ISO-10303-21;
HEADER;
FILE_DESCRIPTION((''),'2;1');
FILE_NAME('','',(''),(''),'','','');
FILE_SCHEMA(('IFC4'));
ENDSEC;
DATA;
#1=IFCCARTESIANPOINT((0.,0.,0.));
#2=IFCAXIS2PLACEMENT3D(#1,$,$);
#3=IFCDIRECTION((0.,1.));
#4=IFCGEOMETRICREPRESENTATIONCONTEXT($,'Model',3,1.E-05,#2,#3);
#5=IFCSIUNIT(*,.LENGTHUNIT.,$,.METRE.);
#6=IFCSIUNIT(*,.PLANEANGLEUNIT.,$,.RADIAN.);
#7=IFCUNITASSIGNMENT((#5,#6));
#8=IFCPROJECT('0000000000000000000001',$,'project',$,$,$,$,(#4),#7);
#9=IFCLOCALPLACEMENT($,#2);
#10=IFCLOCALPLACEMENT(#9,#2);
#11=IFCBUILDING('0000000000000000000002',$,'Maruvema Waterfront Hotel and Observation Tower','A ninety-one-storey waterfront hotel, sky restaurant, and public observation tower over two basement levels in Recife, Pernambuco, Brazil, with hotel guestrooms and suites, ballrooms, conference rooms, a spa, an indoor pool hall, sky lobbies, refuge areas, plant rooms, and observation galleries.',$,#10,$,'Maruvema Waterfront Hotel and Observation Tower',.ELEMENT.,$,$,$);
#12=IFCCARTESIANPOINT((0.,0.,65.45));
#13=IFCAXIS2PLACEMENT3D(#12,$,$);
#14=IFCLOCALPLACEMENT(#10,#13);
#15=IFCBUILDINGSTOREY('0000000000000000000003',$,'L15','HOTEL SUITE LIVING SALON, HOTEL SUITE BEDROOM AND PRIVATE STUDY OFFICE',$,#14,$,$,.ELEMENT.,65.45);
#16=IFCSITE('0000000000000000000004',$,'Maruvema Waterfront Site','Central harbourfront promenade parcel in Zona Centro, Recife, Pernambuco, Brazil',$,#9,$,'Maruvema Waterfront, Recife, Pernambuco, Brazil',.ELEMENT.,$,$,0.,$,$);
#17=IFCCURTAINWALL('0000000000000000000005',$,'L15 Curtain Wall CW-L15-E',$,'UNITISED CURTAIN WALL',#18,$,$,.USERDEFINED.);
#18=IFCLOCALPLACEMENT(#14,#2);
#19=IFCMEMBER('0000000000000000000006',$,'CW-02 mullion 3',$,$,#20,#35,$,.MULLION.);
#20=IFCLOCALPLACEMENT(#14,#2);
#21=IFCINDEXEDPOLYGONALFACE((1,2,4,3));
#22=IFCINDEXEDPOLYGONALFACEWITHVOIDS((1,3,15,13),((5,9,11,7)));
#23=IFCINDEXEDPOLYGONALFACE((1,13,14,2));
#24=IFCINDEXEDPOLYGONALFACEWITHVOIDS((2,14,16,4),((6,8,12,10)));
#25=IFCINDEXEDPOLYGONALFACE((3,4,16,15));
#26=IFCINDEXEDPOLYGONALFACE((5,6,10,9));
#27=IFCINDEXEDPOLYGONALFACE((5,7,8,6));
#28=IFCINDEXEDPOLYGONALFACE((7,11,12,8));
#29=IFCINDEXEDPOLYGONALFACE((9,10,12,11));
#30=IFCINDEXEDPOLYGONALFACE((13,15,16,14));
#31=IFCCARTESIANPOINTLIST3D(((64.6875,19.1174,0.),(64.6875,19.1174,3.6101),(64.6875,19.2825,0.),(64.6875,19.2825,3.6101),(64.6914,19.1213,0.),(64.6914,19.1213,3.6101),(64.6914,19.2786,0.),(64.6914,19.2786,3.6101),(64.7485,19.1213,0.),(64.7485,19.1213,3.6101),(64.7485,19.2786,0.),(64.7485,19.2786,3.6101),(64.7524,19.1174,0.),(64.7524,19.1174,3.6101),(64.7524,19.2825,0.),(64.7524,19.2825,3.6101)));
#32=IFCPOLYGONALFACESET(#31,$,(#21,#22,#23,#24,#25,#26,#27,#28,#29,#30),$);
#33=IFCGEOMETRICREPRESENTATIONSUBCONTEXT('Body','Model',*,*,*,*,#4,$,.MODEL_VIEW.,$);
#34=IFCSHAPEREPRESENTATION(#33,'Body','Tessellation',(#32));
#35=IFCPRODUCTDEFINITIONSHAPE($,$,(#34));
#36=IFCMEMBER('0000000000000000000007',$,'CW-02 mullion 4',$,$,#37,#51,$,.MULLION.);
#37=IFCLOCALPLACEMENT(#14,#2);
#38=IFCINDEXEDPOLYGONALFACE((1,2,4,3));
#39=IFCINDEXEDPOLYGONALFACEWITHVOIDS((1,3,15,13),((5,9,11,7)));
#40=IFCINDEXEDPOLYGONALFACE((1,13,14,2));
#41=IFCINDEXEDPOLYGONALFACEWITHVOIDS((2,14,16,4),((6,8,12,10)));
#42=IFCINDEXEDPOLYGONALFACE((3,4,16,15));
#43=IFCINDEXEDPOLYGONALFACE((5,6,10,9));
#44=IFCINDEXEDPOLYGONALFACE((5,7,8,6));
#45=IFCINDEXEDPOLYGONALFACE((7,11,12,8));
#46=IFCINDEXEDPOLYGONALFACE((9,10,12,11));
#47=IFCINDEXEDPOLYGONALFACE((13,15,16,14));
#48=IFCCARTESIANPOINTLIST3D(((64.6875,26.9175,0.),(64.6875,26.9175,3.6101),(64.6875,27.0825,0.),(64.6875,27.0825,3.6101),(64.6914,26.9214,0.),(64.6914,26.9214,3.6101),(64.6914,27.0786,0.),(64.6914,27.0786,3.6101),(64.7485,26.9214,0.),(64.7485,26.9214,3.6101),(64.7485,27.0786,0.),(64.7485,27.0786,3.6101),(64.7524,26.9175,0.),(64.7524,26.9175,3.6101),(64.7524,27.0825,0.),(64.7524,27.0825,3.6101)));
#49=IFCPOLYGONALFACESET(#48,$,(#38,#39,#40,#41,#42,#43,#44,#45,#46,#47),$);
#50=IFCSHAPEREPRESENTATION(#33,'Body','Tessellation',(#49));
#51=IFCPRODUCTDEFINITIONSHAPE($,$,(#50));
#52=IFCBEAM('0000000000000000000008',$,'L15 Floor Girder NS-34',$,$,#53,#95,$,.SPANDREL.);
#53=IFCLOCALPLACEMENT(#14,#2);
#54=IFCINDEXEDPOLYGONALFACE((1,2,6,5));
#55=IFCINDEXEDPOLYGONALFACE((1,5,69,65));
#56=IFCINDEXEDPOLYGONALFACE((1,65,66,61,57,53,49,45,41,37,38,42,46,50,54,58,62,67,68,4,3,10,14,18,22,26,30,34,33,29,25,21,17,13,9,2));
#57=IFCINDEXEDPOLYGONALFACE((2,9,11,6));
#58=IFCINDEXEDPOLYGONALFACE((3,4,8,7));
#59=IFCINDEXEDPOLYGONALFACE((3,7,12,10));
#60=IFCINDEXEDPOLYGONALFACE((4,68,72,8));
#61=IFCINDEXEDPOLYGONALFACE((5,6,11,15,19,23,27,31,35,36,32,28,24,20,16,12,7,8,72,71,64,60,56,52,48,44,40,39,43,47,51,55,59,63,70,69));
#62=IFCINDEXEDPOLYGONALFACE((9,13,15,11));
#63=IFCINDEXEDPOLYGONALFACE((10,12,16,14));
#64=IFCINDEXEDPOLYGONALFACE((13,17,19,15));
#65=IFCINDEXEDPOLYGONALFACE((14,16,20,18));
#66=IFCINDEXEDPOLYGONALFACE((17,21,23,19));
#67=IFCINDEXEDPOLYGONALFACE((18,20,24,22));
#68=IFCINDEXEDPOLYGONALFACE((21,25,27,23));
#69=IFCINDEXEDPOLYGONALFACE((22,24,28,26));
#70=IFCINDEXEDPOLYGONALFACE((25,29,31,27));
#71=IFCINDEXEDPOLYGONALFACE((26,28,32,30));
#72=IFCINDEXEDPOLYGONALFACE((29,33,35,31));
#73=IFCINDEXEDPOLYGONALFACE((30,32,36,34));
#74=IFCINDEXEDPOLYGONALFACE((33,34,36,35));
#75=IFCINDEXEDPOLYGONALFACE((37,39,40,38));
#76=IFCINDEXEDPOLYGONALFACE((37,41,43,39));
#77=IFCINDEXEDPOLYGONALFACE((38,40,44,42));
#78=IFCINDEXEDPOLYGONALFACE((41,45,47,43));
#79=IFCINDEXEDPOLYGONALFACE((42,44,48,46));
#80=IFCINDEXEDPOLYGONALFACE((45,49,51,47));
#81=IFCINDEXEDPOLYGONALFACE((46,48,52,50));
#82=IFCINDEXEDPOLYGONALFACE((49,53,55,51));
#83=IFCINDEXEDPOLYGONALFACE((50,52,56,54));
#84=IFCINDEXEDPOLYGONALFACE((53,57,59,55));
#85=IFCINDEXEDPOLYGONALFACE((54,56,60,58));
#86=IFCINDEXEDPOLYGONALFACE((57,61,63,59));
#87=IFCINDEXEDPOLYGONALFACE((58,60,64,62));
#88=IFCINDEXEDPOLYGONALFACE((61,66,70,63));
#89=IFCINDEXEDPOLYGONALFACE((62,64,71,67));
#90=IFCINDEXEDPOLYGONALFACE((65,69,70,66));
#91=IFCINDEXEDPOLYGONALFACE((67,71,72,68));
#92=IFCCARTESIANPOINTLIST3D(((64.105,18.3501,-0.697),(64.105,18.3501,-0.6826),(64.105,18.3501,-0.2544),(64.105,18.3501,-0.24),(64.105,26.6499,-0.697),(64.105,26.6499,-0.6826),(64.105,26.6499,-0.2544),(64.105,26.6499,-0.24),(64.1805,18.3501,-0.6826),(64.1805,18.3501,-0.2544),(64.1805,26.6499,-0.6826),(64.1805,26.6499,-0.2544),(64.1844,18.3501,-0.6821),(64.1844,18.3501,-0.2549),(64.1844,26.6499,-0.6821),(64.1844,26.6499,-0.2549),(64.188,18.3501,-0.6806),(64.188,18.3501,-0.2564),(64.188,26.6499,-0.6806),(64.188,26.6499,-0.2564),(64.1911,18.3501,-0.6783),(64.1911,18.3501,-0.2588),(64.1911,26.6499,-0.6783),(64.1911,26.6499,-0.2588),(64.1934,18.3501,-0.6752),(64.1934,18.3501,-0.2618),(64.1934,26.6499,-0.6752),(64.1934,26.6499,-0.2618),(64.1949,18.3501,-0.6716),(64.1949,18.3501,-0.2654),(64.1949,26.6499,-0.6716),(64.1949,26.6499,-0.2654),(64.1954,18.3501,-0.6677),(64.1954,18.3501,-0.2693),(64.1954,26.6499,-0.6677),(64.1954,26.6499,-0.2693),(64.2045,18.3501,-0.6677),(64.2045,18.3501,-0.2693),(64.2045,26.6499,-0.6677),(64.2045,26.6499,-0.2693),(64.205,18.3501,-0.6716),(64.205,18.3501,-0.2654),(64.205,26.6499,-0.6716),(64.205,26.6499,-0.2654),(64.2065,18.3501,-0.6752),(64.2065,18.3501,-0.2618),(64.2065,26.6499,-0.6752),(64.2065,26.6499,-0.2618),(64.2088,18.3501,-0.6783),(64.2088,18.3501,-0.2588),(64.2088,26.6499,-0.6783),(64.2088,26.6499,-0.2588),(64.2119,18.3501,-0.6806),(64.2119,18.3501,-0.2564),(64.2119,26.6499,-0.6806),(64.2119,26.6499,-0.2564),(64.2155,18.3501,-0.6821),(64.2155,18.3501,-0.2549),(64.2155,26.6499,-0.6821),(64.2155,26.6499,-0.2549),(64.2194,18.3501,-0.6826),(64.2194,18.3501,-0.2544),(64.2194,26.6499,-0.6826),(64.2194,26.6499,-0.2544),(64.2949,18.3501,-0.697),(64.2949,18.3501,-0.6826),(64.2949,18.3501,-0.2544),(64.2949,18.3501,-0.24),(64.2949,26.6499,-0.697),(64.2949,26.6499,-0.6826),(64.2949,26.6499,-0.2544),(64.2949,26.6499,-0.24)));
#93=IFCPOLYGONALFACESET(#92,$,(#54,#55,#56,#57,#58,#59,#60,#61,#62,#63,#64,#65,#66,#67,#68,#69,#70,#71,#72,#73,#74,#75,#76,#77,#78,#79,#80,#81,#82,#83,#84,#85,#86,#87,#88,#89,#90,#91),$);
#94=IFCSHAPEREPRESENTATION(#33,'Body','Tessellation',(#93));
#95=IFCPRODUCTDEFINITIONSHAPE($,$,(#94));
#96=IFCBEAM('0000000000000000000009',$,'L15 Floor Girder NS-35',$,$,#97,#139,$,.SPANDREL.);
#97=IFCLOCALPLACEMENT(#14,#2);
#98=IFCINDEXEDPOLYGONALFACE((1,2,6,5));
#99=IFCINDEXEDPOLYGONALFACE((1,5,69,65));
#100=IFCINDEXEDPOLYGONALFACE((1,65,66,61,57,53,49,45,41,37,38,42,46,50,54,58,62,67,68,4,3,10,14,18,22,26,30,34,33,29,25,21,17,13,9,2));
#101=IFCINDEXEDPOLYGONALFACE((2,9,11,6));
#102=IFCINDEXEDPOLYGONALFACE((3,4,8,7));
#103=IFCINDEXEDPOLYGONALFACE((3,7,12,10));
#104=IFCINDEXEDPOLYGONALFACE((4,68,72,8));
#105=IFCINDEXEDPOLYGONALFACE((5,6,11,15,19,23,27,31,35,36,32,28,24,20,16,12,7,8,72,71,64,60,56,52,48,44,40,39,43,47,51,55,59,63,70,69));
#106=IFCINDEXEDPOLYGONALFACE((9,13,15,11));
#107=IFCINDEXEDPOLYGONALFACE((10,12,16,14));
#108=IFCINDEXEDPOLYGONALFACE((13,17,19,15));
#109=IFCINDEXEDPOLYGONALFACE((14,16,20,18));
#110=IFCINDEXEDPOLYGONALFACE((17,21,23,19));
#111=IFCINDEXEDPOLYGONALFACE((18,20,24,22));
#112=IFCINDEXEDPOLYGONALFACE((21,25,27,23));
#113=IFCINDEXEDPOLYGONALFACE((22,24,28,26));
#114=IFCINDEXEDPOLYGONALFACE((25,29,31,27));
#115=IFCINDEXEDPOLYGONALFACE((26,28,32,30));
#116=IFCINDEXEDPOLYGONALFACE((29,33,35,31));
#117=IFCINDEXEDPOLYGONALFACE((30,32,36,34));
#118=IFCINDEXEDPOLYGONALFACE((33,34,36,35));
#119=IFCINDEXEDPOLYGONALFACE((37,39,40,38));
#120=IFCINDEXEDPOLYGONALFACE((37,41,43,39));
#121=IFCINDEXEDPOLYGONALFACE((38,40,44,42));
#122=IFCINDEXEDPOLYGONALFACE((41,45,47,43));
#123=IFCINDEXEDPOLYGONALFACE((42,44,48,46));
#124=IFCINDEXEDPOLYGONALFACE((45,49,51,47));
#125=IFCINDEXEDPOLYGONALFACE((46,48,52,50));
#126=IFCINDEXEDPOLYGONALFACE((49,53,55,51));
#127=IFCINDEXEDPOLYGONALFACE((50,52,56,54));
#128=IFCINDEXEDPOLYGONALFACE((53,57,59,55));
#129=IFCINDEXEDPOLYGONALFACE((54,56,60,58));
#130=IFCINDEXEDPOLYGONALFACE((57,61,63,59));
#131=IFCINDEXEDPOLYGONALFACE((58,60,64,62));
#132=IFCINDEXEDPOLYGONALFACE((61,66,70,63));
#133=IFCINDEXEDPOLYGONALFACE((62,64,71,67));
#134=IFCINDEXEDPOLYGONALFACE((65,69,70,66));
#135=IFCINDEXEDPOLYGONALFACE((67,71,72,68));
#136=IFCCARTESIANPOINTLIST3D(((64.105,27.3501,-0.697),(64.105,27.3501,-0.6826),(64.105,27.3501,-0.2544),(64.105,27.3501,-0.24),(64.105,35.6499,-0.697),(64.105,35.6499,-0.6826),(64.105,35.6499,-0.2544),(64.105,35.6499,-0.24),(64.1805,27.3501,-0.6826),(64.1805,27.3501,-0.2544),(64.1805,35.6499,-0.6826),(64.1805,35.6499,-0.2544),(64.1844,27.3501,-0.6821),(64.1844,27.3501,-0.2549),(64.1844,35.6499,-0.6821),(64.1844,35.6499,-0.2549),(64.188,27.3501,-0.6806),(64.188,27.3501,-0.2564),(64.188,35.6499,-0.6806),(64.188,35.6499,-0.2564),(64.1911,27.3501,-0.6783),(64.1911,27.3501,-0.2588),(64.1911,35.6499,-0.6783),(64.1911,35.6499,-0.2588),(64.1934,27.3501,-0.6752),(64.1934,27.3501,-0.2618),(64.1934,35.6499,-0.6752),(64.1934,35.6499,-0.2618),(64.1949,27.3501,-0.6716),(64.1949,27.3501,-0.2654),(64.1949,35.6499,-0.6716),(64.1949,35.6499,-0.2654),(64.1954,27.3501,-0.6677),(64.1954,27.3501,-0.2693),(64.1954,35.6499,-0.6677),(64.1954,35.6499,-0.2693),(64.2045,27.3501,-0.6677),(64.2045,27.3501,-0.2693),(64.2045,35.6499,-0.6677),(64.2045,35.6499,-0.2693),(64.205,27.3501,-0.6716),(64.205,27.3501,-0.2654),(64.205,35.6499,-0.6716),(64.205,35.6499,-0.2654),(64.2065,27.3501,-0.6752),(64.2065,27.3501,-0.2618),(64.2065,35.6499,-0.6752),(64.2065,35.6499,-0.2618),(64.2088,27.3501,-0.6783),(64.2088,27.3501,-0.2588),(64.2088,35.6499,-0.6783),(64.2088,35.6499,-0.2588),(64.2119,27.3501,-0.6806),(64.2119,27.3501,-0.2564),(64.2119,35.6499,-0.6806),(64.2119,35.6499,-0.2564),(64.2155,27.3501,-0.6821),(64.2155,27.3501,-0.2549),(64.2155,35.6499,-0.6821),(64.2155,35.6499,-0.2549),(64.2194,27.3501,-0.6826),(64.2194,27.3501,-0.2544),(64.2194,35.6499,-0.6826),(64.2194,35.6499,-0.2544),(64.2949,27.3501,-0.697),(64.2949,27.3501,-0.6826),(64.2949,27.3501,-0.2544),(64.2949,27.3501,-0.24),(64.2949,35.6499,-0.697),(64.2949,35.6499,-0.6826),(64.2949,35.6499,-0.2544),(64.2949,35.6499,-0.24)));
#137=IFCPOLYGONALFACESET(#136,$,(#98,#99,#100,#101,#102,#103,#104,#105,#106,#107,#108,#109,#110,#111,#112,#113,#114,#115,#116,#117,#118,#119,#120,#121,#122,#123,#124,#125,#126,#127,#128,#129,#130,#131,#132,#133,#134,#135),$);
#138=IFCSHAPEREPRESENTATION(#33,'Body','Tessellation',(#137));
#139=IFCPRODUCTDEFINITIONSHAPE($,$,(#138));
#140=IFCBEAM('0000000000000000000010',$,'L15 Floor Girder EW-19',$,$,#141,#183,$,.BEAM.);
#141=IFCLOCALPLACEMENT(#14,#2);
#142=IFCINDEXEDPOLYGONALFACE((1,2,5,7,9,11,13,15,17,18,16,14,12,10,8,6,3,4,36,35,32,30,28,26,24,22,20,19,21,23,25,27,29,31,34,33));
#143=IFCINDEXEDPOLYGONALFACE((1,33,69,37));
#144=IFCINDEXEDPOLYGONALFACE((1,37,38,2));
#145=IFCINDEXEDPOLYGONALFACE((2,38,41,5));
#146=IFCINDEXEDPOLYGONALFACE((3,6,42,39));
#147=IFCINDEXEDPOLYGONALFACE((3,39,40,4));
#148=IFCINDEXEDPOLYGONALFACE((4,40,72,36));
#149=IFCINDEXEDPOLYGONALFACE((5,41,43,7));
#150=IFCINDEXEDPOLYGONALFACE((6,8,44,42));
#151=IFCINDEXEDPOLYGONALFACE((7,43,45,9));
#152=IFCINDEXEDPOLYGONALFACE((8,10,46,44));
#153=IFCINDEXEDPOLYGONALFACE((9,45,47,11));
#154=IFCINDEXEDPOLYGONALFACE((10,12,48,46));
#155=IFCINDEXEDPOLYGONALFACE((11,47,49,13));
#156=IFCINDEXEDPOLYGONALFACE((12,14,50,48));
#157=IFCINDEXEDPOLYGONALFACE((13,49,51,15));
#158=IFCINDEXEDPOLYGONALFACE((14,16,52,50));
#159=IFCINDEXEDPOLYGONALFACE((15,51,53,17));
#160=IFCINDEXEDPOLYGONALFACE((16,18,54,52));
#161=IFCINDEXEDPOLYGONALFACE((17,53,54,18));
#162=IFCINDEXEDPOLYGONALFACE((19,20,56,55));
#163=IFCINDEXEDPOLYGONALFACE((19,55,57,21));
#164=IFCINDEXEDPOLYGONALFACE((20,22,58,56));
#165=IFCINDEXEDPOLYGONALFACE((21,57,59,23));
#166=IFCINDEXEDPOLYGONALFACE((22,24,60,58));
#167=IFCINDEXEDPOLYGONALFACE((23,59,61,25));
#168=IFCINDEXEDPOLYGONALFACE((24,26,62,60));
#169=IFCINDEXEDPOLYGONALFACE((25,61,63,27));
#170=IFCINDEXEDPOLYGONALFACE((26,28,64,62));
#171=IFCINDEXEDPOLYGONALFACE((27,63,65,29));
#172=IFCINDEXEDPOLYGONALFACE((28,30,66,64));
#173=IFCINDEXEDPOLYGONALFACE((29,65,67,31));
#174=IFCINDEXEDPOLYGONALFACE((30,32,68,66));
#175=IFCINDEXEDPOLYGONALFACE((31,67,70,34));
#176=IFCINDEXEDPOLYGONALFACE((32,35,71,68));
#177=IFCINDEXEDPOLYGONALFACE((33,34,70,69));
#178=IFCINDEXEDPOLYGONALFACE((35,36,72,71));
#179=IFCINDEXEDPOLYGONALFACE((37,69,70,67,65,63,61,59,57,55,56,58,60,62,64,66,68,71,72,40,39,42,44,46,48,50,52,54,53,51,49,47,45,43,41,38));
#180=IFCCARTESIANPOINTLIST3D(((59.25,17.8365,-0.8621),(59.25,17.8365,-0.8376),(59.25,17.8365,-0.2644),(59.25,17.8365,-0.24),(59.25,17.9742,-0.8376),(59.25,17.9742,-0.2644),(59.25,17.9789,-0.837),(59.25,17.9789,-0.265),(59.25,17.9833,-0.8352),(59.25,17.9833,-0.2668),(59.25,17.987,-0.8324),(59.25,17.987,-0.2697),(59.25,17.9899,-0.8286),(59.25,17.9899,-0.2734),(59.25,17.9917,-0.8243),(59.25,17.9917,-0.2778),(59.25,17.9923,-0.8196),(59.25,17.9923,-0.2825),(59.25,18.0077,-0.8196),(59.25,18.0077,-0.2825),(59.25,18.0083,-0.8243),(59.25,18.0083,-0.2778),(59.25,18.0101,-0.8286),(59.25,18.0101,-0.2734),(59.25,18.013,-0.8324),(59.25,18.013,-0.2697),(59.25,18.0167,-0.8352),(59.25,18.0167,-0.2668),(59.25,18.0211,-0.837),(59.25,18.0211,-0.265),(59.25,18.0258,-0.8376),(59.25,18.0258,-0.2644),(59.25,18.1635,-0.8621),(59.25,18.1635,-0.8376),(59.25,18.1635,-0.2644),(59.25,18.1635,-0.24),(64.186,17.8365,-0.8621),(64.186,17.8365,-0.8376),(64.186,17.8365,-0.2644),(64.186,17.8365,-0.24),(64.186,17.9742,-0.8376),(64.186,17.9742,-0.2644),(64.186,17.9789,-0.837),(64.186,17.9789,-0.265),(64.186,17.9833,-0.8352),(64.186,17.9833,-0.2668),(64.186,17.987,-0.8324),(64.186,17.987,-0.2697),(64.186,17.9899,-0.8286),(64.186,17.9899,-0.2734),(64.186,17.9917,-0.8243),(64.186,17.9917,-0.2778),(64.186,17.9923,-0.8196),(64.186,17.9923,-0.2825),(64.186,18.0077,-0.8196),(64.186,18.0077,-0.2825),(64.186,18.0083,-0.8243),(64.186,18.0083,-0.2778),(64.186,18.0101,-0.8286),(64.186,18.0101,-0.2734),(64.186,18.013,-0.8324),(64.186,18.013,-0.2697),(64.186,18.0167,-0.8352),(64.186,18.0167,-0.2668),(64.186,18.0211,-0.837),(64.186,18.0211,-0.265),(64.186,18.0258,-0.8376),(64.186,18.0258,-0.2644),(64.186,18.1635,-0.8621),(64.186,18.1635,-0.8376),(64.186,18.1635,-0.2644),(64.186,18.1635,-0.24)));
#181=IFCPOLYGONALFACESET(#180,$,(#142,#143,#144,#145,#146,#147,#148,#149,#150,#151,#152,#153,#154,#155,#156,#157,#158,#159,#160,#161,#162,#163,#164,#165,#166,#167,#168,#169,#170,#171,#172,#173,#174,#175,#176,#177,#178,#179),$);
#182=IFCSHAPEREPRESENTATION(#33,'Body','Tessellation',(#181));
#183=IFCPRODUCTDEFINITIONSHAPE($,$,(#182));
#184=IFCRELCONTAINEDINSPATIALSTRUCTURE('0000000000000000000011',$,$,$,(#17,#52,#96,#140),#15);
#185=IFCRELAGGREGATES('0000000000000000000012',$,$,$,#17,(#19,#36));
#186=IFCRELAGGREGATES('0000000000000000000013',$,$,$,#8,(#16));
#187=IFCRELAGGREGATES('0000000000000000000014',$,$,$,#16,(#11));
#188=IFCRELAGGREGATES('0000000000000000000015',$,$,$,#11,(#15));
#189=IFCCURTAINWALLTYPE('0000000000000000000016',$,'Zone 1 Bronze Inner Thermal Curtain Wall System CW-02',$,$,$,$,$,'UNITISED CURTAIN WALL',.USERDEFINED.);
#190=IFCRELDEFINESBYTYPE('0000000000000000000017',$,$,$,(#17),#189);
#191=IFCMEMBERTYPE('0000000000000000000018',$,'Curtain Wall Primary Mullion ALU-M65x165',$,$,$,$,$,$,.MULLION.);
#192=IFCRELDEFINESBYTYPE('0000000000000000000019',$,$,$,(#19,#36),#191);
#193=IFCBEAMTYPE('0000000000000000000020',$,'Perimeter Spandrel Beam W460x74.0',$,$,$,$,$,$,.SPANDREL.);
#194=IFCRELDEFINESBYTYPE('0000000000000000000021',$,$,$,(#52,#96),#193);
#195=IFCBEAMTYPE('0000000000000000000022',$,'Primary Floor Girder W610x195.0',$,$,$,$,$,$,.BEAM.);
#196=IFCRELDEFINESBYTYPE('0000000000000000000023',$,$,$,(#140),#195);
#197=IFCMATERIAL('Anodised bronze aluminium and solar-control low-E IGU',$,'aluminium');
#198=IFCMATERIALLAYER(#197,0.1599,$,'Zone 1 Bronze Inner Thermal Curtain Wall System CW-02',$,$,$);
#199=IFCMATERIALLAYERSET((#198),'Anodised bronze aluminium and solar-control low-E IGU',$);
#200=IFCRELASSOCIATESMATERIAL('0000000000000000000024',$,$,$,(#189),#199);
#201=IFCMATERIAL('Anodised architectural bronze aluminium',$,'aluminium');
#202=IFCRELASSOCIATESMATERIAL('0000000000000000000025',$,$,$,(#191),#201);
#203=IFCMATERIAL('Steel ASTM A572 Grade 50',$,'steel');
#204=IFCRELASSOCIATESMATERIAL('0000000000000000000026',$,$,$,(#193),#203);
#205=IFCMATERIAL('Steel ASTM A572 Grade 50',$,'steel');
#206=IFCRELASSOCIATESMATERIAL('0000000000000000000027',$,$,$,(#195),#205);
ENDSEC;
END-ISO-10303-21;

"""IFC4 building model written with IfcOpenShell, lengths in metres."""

from ifc_helpers import new_model, si_unit, direction, frame, origin, origin_2d, place, context, subcontext, project, spatial, hollow_rectangle, i_section, extrude, material, layer, layer_set, material_profile, profile_set, type_object, element, aggregate, save


model = new_model("IFC4")

# Units and contexts
model_context = context("Model", 3, precision=1e-05, world=origin(), true_north=direction((0.0, 1.0)))
body_context = subcontext(model_context, "Body", "Model", "MODEL_VIEW")
ifc_project = project(units=[si_unit("LENGTHUNIT", "METRE"), si_unit("PLANEANGLEUNIT", "RADIAN")], contexts=[model_context])

# Site, building, storey
site_placement = place(None, origin())
site = spatial("IfcSite", under=ifc_project, at=site_placement, Name="Maruvema Waterfront Site", Description="Central harbourfront promenade parcel in Zona Centro, Recife, Pernambuco, Brazil", LongName="Maruvema Waterfront, Recife, Pernambuco, Brazil", CompositionType="ELEMENT", RefElevation=0.0)
building_placement = place(site_placement, origin())
building = spatial("IfcBuilding", under=site, at=building_placement, Name="Maruvema Waterfront Hotel and Observation Tower", Description="A ninety-one-storey waterfront hotel, sky restaurant, and public observation tower over two basement levels in Recife, Pernambuco, Brazil, with hotel guestrooms and suites, ballrooms, conference rooms, a spa, an indoor pool hall, sky lobbies, refuge areas, plant rooms, and observation galleries.", LongName="Maruvema Waterfront Hotel and Observation Tower", CompositionType="ELEMENT")
storey_placement = place(building_placement, frame((0.0, 0.0, 65.45)))
storey = spatial("IfcBuildingStorey", under=building, at=storey_placement, Name="L15", Description="HOTEL SUITE LIVING SALON, HOTEL SUITE BEDROOM AND PRIVATE STUDY OFFICE", CompositionType="ELEMENT", Elevation=65.45)

# Curtain wall, members
ifc_material_1 = material(Name="Anodised bronze aluminium and solar-control low-E IGU", Category="aluminium")
ifc_layer_1 = layer(ifc_material_1, 0.1599, Name="Zone 1 Bronze Inner Thermal Curtain Wall System CW-02")
ifc_layer_set_1 = layer_set([ifc_layer_1], Name="Anodised bronze aluminium and solar-control low-E IGU")
curtain_wall_type = type_object("IfcCurtainWallType", Name="Zone 1 Bronze Inner Thermal Curtain Wall System CW-02", ElementType="UNITISED CURTAIN WALL", PredefinedType="USERDEFINED", material=ifc_layer_set_1)
curtain_wall_placement = place(storey_placement, origin())
curtain_wall = element("IfcCurtainWall", 1, at=curtain_wall_placement, inside=storey, type_object=curtain_wall_type, Name="L15 Curtain Wall CW-L15-E", ObjectType="UNITISED CURTAIN WALL", PredefinedType="USERDEFINED")
ifc_material_2 = material(Name="Anodised architectural bronze aluminium", Category="aluminium")
ifc_material_profile_1 = material_profile(ifc_material_2, hollow_rectangle(XDim=0.0649, YDim=0.165, WallThickness=0.0039, at=origin_2d()), Name="ALU-M65x165")
ifc_profile_set_1 = profile_set([ifc_material_profile_1], Name="Anodised architectural bronze aluminium")
member_type_1 = type_object("IfcMemberType", Name="Curtain Wall Primary Mullion ALU-M65x165", PredefinedType="MULLION", material=ifc_profile_set_1)
member_1_placement = place(storey_placement, frame((64.72, 19.2, 0.0), z_axis=(0.0, 0.0, 1.0), x_axis=(-1.0, 0.0, 0.0)))
member_1 = element("IfcMember", 2, at=member_1_placement, type_object=member_type_1, Name="CW-02 mullion 3", PredefinedType="MULLION", context=body_context, shape_type="SweptSolid", body=[
    extrude(hollow_rectangle(XDim=0.0649, YDim=0.165, WallThickness=0.0039, at=origin_2d()), origin(), (0.0, 0.0, 1.0), 3.6101),
])
member_2_placement = place(storey_placement, frame((64.72, 27.0, 0.0), z_axis=(0.0, 0.0, 1.0), x_axis=(-1.0, 0.0, 0.0)))
member_2 = element("IfcMember", 3, at=member_2_placement, type_object=member_type_1, Name="CW-02 mullion 4", PredefinedType="MULLION", context=body_context, shape_type="SweptSolid", body=[
    extrude(hollow_rectangle(XDim=0.0649, YDim=0.165, WallThickness=0.0039, at=origin_2d()), origin(), (0.0, 0.0, 1.0), 3.6101),
])

# Beams
ifc_material_3 = material(Name="Steel ASTM A572 Grade 50", Category="steel")
ifc_material_profile_2 = material_profile(ifc_material_3, i_section(OverallWidth=0.1899, OverallDepth=0.457, WebThickness=0.009, FlangeThickness=0.0144, FilletRadius=0.0149, at=origin_2d()), Name="W460x74.0")
ifc_profile_set_2 = profile_set([ifc_material_profile_2], Name="Steel ASTM A572 Grade 50")
beam_type_1 = type_object("IfcBeamType", Name="Perimeter Spandrel Beam W460x74.0", PredefinedType="SPANDREL", material=ifc_profile_set_2)
for number, where, z_axis, x_axis, name in (
    (4, (64.2, 18.3501, -0.4685), (0.0, 1.0, 0.0), (-1.0, 0.0, 0.0), "L15 Floor Girder NS-34"),
    (5, (64.2, 27.3501, -0.4685), (0.0, 1.0, 0.0), (-1.0, 0.0, 0.0), "L15 Floor Girder NS-35"),
):
    element("IfcBeam", number, at=place(storey_placement, frame(where, z_axis=z_axis, x_axis=x_axis)), inside=storey, type_object=beam_type_1, Name=name, PredefinedType="SPANDREL", context=body_context, shape_type="SweptSolid", body=[
        extrude(i_section(OverallWidth=0.1899, OverallDepth=0.457, WebThickness=0.009, FlangeThickness=0.0144, FilletRadius=0.0149, at=origin_2d()), origin(), (0.0, 0.0, 1.0), 8.2998),
    ])
ifc_material_4 = material(Name="Steel ASTM A572 Grade 50", Category="steel")
ifc_material_profile_3 = material_profile(ifc_material_4, i_section(OverallWidth=0.3269, OverallDepth=0.6221, WebThickness=0.0154, FlangeThickness=0.0244, FilletRadius=0.0181, at=origin_2d()), Name="W610x195.0")
ifc_profile_set_3 = profile_set([ifc_material_profile_3], Name="Steel ASTM A572 Grade 50")
beam_type_2 = type_object("IfcBeamType", Name="Primary Floor Girder W610x195.0", PredefinedType="BEAM", material=ifc_profile_set_3)
for number, where, z_axis, x_axis, name in (
    (6, (59.25, 18.0, -0.551), (1.0, 0.0, 0.0), (0.0, 1.0, 0.0), "L15 Floor Girder EW-19"),
):
    element("IfcBeam", number, at=place(storey_placement, frame(where, z_axis=z_axis, x_axis=x_axis)), inside=storey, type_object=beam_type_2, Name=name, PredefinedType="BEAM", context=body_context, shape_type="SweptSolid", body=[
        extrude(i_section(OverallWidth=0.3269, OverallDepth=0.6221, WebThickness=0.0154, FlangeThickness=0.0244, FilletRadius=0.0181, at=origin_2d()), origin(), (0.0, 0.0, 1.0), 4.936),
    ])

aggregate(curtain_wall, [member_1, member_2])

save(model, "model.ifc")
